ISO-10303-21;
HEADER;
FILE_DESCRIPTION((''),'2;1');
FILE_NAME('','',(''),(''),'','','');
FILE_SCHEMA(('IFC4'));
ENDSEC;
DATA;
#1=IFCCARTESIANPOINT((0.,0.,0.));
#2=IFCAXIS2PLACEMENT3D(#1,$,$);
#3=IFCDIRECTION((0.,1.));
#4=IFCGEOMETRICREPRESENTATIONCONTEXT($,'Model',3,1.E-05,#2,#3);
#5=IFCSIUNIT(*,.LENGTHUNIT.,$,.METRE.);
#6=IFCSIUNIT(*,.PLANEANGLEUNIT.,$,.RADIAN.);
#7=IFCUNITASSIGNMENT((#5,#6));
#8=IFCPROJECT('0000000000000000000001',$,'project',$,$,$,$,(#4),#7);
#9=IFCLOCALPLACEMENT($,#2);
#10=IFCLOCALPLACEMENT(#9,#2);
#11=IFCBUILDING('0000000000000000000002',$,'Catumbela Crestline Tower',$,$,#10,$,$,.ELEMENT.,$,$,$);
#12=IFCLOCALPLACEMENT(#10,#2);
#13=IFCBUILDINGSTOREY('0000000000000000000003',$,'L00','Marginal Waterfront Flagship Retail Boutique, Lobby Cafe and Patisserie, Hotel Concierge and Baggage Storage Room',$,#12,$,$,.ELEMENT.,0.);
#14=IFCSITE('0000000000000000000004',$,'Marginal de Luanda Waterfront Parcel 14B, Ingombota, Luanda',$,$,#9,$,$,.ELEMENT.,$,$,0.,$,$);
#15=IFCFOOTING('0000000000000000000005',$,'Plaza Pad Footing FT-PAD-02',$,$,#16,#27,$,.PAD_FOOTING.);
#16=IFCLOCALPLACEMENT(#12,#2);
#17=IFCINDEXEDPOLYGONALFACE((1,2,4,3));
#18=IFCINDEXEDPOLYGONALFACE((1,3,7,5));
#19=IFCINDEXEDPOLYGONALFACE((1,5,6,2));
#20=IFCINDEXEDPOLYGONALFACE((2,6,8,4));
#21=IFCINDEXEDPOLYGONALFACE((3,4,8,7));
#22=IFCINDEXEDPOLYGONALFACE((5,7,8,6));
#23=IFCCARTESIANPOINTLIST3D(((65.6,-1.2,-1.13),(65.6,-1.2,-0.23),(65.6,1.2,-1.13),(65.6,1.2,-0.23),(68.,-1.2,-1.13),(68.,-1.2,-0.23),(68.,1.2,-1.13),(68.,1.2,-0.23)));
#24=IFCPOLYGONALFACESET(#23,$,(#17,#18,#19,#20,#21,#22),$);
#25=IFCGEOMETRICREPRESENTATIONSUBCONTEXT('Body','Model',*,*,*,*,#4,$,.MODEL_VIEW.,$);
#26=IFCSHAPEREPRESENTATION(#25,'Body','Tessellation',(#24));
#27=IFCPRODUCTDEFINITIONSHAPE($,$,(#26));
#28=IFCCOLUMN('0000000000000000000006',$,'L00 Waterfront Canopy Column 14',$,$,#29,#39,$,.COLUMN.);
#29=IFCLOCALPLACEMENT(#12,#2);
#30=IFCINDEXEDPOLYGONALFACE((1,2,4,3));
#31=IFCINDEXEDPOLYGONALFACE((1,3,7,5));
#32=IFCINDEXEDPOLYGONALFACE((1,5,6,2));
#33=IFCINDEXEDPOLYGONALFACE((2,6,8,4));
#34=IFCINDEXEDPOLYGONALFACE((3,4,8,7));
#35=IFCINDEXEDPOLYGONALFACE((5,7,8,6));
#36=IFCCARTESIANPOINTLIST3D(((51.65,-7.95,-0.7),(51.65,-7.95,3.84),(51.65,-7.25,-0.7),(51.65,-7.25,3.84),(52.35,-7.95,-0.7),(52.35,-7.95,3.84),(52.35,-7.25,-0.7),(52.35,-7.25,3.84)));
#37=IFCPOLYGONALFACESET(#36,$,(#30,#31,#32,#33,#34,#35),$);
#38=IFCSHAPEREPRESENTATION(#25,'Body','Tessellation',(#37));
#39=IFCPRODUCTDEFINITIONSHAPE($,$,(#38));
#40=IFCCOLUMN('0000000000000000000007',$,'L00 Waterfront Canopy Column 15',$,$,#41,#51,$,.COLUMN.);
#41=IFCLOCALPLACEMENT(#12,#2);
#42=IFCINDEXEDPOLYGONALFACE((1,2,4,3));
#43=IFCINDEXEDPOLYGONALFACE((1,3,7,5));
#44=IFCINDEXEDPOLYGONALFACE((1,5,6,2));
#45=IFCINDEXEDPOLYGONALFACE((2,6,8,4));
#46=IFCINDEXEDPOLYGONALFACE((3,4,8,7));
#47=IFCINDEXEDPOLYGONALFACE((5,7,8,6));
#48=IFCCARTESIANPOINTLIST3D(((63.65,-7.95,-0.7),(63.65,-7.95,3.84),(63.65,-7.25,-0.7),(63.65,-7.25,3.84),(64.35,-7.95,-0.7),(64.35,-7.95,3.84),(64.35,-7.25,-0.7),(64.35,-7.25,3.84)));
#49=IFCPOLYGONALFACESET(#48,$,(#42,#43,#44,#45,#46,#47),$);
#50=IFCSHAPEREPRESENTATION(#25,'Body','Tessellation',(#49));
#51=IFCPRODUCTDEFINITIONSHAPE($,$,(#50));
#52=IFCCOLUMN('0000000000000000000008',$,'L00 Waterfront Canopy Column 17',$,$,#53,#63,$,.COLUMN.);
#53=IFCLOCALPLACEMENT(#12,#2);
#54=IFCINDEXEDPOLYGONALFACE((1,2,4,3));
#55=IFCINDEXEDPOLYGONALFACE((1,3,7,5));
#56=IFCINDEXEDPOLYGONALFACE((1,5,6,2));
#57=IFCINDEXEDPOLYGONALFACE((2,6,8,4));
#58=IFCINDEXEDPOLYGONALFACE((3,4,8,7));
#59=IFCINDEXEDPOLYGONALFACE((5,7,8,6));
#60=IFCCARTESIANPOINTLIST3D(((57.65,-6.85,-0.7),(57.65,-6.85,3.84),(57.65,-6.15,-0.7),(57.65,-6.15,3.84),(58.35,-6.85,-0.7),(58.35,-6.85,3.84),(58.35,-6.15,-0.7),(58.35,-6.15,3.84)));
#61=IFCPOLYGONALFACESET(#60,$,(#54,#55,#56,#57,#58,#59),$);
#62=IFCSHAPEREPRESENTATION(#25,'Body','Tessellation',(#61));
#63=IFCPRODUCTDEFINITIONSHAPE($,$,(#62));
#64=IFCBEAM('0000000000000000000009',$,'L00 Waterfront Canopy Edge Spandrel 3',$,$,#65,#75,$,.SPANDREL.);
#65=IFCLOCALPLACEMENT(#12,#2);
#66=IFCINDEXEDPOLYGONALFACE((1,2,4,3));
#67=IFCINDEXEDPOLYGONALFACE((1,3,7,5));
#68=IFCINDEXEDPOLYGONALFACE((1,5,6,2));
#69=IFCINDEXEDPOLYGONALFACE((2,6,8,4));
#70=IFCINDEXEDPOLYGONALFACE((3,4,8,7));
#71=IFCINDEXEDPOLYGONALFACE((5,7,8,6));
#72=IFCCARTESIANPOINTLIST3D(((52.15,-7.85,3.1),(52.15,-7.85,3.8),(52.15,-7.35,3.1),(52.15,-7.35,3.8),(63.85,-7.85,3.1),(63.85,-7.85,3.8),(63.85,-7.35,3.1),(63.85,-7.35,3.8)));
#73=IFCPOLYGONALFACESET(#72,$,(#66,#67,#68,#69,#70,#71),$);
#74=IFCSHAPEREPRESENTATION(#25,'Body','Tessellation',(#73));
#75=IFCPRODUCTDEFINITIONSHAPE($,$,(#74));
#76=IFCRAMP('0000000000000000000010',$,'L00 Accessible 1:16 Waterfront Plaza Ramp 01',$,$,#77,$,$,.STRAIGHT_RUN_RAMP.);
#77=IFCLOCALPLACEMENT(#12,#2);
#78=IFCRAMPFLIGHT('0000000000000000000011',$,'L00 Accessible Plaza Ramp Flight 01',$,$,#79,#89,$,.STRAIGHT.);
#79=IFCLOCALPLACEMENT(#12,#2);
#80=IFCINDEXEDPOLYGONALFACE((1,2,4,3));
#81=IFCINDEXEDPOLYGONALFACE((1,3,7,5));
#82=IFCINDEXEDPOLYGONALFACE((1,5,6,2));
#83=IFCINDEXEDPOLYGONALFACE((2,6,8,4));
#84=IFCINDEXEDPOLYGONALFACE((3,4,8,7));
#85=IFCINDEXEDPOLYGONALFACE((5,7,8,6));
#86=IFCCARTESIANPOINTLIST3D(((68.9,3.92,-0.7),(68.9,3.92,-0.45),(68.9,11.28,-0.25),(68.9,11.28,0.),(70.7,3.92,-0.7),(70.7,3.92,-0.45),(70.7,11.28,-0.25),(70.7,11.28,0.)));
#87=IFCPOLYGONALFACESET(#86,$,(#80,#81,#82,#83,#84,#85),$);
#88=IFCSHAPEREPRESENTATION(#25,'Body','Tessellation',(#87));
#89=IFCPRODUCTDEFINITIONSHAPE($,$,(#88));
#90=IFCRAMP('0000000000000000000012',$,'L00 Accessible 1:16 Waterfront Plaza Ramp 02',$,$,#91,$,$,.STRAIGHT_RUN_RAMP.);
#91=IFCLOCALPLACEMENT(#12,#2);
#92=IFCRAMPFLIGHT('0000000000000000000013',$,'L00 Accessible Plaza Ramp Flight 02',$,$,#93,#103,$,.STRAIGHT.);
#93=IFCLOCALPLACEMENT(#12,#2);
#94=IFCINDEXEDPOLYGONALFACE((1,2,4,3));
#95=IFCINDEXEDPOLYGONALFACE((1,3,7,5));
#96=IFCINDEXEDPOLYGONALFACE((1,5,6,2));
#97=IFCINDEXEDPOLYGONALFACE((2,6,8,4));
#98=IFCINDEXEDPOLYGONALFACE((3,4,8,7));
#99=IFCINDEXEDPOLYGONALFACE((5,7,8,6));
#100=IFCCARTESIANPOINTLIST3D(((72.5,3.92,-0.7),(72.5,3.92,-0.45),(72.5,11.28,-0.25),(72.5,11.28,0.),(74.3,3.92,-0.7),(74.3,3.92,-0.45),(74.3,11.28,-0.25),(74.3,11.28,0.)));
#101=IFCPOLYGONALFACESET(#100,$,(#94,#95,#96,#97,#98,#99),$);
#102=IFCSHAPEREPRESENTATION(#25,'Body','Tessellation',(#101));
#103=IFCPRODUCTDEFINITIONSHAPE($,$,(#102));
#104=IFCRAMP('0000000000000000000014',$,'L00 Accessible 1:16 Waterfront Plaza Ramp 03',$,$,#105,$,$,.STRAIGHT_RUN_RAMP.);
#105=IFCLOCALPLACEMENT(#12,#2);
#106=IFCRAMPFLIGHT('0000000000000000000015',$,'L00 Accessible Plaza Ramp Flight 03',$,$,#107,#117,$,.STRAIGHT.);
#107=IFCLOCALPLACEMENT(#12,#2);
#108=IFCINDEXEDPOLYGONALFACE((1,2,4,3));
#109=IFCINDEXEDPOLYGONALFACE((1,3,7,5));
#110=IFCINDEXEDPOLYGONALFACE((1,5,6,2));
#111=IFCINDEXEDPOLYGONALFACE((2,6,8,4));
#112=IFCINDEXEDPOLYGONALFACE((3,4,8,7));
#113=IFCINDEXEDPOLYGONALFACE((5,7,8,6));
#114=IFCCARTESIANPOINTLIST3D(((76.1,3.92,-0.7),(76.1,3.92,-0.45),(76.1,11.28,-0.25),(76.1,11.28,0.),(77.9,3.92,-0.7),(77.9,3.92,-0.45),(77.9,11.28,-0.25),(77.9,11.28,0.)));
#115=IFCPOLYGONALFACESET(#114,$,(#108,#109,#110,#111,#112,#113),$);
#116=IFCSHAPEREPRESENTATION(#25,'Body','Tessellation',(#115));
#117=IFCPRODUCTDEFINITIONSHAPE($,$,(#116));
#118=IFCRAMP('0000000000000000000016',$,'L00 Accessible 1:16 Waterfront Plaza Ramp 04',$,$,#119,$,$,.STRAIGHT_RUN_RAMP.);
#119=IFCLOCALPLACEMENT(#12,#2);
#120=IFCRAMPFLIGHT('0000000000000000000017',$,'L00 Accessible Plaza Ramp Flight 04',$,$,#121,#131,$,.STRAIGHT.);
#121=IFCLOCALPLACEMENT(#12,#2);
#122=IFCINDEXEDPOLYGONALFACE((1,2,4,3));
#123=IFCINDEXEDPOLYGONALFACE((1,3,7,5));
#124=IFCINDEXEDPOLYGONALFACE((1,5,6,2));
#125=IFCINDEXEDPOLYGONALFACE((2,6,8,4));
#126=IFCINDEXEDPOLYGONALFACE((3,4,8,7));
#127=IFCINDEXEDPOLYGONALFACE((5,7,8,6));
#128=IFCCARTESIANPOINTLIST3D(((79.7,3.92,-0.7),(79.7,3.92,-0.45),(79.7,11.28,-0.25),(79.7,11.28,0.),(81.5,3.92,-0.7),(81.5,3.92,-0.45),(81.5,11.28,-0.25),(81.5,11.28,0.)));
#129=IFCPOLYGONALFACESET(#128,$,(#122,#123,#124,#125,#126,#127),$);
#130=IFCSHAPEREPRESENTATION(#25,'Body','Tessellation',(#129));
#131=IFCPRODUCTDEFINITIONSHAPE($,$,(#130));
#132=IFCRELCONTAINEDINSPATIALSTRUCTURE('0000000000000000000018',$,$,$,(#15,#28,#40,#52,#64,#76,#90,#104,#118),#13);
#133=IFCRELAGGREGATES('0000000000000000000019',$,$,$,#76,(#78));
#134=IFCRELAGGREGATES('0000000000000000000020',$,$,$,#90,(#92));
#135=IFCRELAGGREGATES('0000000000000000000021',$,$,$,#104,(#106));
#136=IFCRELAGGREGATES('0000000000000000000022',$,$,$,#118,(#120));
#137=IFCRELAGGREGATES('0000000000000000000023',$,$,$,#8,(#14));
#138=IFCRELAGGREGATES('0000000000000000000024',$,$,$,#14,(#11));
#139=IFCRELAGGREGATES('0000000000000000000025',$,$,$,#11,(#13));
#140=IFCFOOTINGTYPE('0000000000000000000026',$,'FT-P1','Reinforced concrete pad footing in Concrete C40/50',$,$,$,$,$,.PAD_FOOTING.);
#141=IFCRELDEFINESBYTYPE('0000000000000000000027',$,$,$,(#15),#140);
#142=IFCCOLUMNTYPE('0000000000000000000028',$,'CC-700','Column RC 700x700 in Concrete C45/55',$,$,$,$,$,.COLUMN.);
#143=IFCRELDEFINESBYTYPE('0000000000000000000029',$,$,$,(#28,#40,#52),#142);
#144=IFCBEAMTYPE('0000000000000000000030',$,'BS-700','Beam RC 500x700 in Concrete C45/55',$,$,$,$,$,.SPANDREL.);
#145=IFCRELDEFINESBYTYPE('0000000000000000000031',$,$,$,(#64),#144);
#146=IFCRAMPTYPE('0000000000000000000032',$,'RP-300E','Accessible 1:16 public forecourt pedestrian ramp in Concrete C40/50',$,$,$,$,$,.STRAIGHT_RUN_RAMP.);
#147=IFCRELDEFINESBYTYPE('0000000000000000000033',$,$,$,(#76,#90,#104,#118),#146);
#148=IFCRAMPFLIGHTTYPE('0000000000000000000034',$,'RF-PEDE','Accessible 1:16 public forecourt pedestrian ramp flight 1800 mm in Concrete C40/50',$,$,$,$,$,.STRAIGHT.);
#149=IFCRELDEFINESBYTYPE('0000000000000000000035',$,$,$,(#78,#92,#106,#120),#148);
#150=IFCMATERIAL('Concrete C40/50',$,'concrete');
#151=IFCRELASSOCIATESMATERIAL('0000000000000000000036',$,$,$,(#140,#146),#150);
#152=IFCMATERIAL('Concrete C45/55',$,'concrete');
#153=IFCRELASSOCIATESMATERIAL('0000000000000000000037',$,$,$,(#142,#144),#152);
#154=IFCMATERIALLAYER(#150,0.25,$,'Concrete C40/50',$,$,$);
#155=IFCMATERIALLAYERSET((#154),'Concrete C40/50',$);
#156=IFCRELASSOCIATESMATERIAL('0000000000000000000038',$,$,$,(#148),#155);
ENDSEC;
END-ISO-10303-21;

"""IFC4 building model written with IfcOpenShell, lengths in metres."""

from ifc_helpers import new_model, si_unit, direction, frame, origin, origin_2d, place, context, subcontext, project, spatial, polyline, rectangle, outline, extrude, material, layer, layer_set, material_profile, profile_set, type_object, element, aggregate, save


model = new_model("IFC4")

# Units and contexts
model_context = context("Model", 3, precision=1e-05, world=origin(), true_north=direction((0.0, 1.0)))
body_context = subcontext(model_context, "Body", "Model", "MODEL_VIEW")
ifc_project = project(units=[si_unit("LENGTHUNIT", "METRE"), si_unit("PLANEANGLEUNIT", "RADIAN")], contexts=[model_context])

# Site, building, storey
site_placement = place(None, origin())
site = spatial("IfcSite", under=ifc_project, at=site_placement, Name="Marginal de Luanda Waterfront Parcel 14B, Ingombota, Luanda", CompositionType="ELEMENT", RefElevation=0.0)
building_placement = place(site_placement, origin())
building = spatial("IfcBuilding", under=site, at=building_placement, Name="Catumbela Crestline Tower", CompositionType="ELEMENT")
storey_placement = place(building_placement, origin())
storey = spatial("IfcBuildingStorey", under=building, at=storey_placement, Name="L00", Description="Marginal Waterfront Flagship Retail Boutique, Lobby Cafe and Patisserie, Hotel Concierge and Baggage Storage Room", CompositionType="ELEMENT", Elevation=0.0)

# Footing
ifc_material_1 = material(Name="Concrete C40/50", Category="concrete")
footing_type_1 = type_object("IfcFootingType", Name="FT-P1", Description="Reinforced concrete pad footing in Concrete C40/50", PredefinedType="PAD_FOOTING", material=ifc_material_1)
for number, where, z_axis, x_axis, name in (
    (1, (66.8, 0.0, -1.13), (0.0, 0.0, 1.0), (1.0, 0.0, 0.0), "Plaza Pad Footing FT-PAD-02"),
):
    element("IfcFooting", number, at=place(storey_placement, frame(where, z_axis=z_axis, x_axis=x_axis)), inside=storey, type_object=footing_type_1, Name=name, PredefinedType="PAD_FOOTING", context=body_context, shape_type="SweptSolid", body=[
        extrude(rectangle(XDim=2.4, YDim=2.4, at=origin_2d()), origin(), (0.0, 0.0, 1.0), 0.9),
    ])

# Columns
ifc_material_2 = material(Name="Concrete C45/55", Category="concrete")
ifc_material_profile_1 = material_profile(ifc_material_2, rectangle(XDim=0.7, YDim=0.7, at=origin_2d()), Name="RC 700x700")
ifc_profile_set_1 = profile_set([ifc_material_profile_1], Name="Concrete C45/55")
column_type = type_object("IfcColumnType", Name="CC-700", Description="Column RC 700x700 in Concrete C45/55", PredefinedType="COLUMN", material=ifc_profile_set_1)
for number, where, z_axis, x_axis, name in (
    (2, (52.0, -7.6, -0.7), (0.0, 0.0, 1.0), (1.0, 0.0, 0.0), "L00 Waterfront Canopy Column 14"),
    (3, (64.0, -7.6, -0.7), (0.0, 0.0, 1.0), (1.0, 0.0, 0.0), "L00 Waterfront Canopy Column 15"),
    (4, (58.0, -6.5, -0.7), (0.0, 0.0, 1.0), (1.0, 0.0, 0.0), "L00 Waterfront Canopy Column 17"),
):
    element("IfcColumn", number, at=place(storey_placement, frame(where, z_axis=z_axis, x_axis=x_axis)), inside=storey, type_object=column_type, Name=name, PredefinedType="COLUMN", context=body_context, shape_type="SweptSolid", body=[
        extrude(rectangle(XDim=0.7, YDim=0.7, at=origin_2d()), origin(), (0.0, 0.0, 1.0), 4.54),
    ])

# Beam
ifc_material_profile_2 = material_profile(ifc_material_2, rectangle(XDim=0.5, YDim=0.7, at=origin_2d()), Name="RC 500x700")
ifc_profile_set_2 = profile_set([ifc_material_profile_2], Name="Concrete C45/55")
beam_type = type_object("IfcBeamType", Name="BS-700", Description="Beam RC 500x700 in Concrete C45/55", PredefinedType="SPANDREL", material=ifc_profile_set_2)
beam_placement = place(storey_placement, frame((52.15, -7.6, 3.45), z_axis=(1.0, 0.0, 0.0), x_axis=(0.0, 1.0, 0.0)))
element("IfcBeam", 5, at=beam_placement, inside=storey, type_object=beam_type, Name="L00 Waterfront Canopy Edge Spandrel 3", PredefinedType="SPANDREL", context=body_context, shape_type="SweptSolid", body=[
    extrude(rectangle(XDim=0.5, YDim=0.7, at=origin_2d()), origin(), (0.0, 0.0, 1.0), 11.7),
])

# Ramps, ramp flights
ramp_type = type_object("IfcRampType", Name="RP-300E", Description="Accessible 1:16 public forecourt pedestrian ramp in Concrete C40/50", PredefinedType="STRAIGHT_RUN_RAMP", material=ifc_material_1)
ramp_1_placement = place(storey_placement, origin())
ramp_1 = element("IfcRamp", 6, at=ramp_1_placement, inside=storey, type_object=ramp_type, Name="L00 Accessible 1:16 Waterfront Plaza Ramp 01", PredefinedType="STRAIGHT_RUN_RAMP")
ifc_layer = layer(ifc_material_1, 0.25, Name="Concrete C40/50")
ifc_layer_set = layer_set([ifc_layer], Name="Concrete C40/50")
ramp_flight_type = type_object("IfcRampFlightType", Name="RF-PEDE", Description="Accessible 1:16 public forecourt pedestrian ramp flight 1800 mm in Concrete C40/50", PredefinedType="STRAIGHT", material=ifc_layer_set)
ramp_flight_1_placement = place(storey_placement, frame((69.8, 3.92, -0.45), z_axis=(0.0, 0.0, 1.0), x_axis=(0.0, 1.0, 0.0)))
ramp_flight_1 = element("IfcRampFlight", 7, at=ramp_flight_1_placement, type_object=ramp_flight_type, Name="L00 Accessible Plaza Ramp Flight 01", PredefinedType="STRAIGHT", context=body_context, shape_type="SweptSolid", body=[
    extrude(outline(polyline([(0.0, 0.0), (0.0, -0.25), (7.36, 0.2), (7.36, 0.45), (0.0, 0.0)])), frame((0.0, 0.9, 0.0), z_axis=(0.0, -1.0, 0.0), x_axis=(1.0, 0.0, 0.0)), (0.0, 0.0, 1.0), 1.8),
])
aggregate(ramp_1, [ramp_flight_1])
ramp_2_placement = place(storey_placement, origin())
ramp_2 = element("IfcRamp", 8, at=ramp_2_placement, inside=storey, type_object=ramp_type, Name="L00 Accessible 1:16 Waterfront Plaza Ramp 02", PredefinedType="STRAIGHT_RUN_RAMP")
ramp_flight_2_placement = place(storey_placement, frame((73.4, 3.92, -0.45), z_axis=(0.0, 0.0, 1.0), x_axis=(0.0, 1.0, 0.0)))
ramp_flight_2 = element("IfcRampFlight", 9, at=ramp_flight_2_placement, type_object=ramp_flight_type, Name="L00 Accessible Plaza Ramp Flight 02", PredefinedType="STRAIGHT", context=body_context, shape_type="SweptSolid", body=[
    extrude(outline(polyline([(0.0, 0.0), (0.0, -0.25), (7.36, 0.2), (7.36, 0.45), (0.0, 0.0)])), frame((0.0, 0.9, 0.0), z_axis=(0.0, -1.0, 0.0), x_axis=(1.0, 0.0, 0.0)), (0.0, 0.0, 1.0), 1.8),
])
aggregate(ramp_2, [ramp_flight_2])
ramp_3_placement = place(storey_placement, origin())
ramp_3 = element("IfcRamp", 10, at=ramp_3_placement, inside=storey, type_object=ramp_type, Name="L00 Accessible 1:16 Waterfront Plaza Ramp 03", PredefinedType="STRAIGHT_RUN_RAMP")
ramp_flight_3_placement = place(storey_placement, frame((77.0, 3.92, -0.45), z_axis=(0.0, 0.0, 1.0), x_axis=(0.0, 1.0, 0.0)))
ramp_flight_3 = element("IfcRampFlight", 11, at=ramp_flight_3_placement, type_object=ramp_flight_type, Name="L00 Accessible Plaza Ramp Flight 03", PredefinedType="STRAIGHT", context=body_context, shape_type="SweptSolid", body=[
    extrude(outline(polyline([(0.0, 0.0), (0.0, -0.25), (7.36, 0.2), (7.36, 0.45), (0.0, 0.0)])), frame((0.0, 0.9, 0.0), z_axis=(0.0, -1.0, 0.0), x_axis=(1.0, 0.0, 0.0)), (0.0, 0.0, 1.0), 1.8),
])
aggregate(ramp_3, [ramp_flight_3])
ramp_4_placement = place(storey_placement, origin())
ramp_4 = element("IfcRamp", 12, at=ramp_4_placement, inside=storey, type_object=ramp_type, Name="L00 Accessible 1:16 Waterfront Plaza Ramp 04", PredefinedType="STRAIGHT_RUN_RAMP")
ramp_flight_4_placement = place(storey_placement, frame((80.6, 3.92, -0.45), z_axis=(0.0, 0.0, 1.0), x_axis=(0.0, 1.0, 0.0)))
ramp_flight_4 = element("IfcRampFlight", 13, at=ramp_flight_4_placement, type_object=ramp_flight_type, Name="L00 Accessible Plaza Ramp Flight 04", PredefinedType="STRAIGHT", context=body_context, shape_type="SweptSolid", body=[
    extrude(outline(polyline([(0.0, 0.0), (0.0, -0.25), (7.36, 0.2), (7.36, 0.45), (0.0, 0.0)])), frame((0.0, 0.9, 0.0), z_axis=(0.0, -1.0, 0.0), x_axis=(1.0, 0.0, 0.0)), (0.0, 0.0, 1.0), 1.8),
])
aggregate(ramp_4, [ramp_flight_4])

save(model, "model.ifc")
